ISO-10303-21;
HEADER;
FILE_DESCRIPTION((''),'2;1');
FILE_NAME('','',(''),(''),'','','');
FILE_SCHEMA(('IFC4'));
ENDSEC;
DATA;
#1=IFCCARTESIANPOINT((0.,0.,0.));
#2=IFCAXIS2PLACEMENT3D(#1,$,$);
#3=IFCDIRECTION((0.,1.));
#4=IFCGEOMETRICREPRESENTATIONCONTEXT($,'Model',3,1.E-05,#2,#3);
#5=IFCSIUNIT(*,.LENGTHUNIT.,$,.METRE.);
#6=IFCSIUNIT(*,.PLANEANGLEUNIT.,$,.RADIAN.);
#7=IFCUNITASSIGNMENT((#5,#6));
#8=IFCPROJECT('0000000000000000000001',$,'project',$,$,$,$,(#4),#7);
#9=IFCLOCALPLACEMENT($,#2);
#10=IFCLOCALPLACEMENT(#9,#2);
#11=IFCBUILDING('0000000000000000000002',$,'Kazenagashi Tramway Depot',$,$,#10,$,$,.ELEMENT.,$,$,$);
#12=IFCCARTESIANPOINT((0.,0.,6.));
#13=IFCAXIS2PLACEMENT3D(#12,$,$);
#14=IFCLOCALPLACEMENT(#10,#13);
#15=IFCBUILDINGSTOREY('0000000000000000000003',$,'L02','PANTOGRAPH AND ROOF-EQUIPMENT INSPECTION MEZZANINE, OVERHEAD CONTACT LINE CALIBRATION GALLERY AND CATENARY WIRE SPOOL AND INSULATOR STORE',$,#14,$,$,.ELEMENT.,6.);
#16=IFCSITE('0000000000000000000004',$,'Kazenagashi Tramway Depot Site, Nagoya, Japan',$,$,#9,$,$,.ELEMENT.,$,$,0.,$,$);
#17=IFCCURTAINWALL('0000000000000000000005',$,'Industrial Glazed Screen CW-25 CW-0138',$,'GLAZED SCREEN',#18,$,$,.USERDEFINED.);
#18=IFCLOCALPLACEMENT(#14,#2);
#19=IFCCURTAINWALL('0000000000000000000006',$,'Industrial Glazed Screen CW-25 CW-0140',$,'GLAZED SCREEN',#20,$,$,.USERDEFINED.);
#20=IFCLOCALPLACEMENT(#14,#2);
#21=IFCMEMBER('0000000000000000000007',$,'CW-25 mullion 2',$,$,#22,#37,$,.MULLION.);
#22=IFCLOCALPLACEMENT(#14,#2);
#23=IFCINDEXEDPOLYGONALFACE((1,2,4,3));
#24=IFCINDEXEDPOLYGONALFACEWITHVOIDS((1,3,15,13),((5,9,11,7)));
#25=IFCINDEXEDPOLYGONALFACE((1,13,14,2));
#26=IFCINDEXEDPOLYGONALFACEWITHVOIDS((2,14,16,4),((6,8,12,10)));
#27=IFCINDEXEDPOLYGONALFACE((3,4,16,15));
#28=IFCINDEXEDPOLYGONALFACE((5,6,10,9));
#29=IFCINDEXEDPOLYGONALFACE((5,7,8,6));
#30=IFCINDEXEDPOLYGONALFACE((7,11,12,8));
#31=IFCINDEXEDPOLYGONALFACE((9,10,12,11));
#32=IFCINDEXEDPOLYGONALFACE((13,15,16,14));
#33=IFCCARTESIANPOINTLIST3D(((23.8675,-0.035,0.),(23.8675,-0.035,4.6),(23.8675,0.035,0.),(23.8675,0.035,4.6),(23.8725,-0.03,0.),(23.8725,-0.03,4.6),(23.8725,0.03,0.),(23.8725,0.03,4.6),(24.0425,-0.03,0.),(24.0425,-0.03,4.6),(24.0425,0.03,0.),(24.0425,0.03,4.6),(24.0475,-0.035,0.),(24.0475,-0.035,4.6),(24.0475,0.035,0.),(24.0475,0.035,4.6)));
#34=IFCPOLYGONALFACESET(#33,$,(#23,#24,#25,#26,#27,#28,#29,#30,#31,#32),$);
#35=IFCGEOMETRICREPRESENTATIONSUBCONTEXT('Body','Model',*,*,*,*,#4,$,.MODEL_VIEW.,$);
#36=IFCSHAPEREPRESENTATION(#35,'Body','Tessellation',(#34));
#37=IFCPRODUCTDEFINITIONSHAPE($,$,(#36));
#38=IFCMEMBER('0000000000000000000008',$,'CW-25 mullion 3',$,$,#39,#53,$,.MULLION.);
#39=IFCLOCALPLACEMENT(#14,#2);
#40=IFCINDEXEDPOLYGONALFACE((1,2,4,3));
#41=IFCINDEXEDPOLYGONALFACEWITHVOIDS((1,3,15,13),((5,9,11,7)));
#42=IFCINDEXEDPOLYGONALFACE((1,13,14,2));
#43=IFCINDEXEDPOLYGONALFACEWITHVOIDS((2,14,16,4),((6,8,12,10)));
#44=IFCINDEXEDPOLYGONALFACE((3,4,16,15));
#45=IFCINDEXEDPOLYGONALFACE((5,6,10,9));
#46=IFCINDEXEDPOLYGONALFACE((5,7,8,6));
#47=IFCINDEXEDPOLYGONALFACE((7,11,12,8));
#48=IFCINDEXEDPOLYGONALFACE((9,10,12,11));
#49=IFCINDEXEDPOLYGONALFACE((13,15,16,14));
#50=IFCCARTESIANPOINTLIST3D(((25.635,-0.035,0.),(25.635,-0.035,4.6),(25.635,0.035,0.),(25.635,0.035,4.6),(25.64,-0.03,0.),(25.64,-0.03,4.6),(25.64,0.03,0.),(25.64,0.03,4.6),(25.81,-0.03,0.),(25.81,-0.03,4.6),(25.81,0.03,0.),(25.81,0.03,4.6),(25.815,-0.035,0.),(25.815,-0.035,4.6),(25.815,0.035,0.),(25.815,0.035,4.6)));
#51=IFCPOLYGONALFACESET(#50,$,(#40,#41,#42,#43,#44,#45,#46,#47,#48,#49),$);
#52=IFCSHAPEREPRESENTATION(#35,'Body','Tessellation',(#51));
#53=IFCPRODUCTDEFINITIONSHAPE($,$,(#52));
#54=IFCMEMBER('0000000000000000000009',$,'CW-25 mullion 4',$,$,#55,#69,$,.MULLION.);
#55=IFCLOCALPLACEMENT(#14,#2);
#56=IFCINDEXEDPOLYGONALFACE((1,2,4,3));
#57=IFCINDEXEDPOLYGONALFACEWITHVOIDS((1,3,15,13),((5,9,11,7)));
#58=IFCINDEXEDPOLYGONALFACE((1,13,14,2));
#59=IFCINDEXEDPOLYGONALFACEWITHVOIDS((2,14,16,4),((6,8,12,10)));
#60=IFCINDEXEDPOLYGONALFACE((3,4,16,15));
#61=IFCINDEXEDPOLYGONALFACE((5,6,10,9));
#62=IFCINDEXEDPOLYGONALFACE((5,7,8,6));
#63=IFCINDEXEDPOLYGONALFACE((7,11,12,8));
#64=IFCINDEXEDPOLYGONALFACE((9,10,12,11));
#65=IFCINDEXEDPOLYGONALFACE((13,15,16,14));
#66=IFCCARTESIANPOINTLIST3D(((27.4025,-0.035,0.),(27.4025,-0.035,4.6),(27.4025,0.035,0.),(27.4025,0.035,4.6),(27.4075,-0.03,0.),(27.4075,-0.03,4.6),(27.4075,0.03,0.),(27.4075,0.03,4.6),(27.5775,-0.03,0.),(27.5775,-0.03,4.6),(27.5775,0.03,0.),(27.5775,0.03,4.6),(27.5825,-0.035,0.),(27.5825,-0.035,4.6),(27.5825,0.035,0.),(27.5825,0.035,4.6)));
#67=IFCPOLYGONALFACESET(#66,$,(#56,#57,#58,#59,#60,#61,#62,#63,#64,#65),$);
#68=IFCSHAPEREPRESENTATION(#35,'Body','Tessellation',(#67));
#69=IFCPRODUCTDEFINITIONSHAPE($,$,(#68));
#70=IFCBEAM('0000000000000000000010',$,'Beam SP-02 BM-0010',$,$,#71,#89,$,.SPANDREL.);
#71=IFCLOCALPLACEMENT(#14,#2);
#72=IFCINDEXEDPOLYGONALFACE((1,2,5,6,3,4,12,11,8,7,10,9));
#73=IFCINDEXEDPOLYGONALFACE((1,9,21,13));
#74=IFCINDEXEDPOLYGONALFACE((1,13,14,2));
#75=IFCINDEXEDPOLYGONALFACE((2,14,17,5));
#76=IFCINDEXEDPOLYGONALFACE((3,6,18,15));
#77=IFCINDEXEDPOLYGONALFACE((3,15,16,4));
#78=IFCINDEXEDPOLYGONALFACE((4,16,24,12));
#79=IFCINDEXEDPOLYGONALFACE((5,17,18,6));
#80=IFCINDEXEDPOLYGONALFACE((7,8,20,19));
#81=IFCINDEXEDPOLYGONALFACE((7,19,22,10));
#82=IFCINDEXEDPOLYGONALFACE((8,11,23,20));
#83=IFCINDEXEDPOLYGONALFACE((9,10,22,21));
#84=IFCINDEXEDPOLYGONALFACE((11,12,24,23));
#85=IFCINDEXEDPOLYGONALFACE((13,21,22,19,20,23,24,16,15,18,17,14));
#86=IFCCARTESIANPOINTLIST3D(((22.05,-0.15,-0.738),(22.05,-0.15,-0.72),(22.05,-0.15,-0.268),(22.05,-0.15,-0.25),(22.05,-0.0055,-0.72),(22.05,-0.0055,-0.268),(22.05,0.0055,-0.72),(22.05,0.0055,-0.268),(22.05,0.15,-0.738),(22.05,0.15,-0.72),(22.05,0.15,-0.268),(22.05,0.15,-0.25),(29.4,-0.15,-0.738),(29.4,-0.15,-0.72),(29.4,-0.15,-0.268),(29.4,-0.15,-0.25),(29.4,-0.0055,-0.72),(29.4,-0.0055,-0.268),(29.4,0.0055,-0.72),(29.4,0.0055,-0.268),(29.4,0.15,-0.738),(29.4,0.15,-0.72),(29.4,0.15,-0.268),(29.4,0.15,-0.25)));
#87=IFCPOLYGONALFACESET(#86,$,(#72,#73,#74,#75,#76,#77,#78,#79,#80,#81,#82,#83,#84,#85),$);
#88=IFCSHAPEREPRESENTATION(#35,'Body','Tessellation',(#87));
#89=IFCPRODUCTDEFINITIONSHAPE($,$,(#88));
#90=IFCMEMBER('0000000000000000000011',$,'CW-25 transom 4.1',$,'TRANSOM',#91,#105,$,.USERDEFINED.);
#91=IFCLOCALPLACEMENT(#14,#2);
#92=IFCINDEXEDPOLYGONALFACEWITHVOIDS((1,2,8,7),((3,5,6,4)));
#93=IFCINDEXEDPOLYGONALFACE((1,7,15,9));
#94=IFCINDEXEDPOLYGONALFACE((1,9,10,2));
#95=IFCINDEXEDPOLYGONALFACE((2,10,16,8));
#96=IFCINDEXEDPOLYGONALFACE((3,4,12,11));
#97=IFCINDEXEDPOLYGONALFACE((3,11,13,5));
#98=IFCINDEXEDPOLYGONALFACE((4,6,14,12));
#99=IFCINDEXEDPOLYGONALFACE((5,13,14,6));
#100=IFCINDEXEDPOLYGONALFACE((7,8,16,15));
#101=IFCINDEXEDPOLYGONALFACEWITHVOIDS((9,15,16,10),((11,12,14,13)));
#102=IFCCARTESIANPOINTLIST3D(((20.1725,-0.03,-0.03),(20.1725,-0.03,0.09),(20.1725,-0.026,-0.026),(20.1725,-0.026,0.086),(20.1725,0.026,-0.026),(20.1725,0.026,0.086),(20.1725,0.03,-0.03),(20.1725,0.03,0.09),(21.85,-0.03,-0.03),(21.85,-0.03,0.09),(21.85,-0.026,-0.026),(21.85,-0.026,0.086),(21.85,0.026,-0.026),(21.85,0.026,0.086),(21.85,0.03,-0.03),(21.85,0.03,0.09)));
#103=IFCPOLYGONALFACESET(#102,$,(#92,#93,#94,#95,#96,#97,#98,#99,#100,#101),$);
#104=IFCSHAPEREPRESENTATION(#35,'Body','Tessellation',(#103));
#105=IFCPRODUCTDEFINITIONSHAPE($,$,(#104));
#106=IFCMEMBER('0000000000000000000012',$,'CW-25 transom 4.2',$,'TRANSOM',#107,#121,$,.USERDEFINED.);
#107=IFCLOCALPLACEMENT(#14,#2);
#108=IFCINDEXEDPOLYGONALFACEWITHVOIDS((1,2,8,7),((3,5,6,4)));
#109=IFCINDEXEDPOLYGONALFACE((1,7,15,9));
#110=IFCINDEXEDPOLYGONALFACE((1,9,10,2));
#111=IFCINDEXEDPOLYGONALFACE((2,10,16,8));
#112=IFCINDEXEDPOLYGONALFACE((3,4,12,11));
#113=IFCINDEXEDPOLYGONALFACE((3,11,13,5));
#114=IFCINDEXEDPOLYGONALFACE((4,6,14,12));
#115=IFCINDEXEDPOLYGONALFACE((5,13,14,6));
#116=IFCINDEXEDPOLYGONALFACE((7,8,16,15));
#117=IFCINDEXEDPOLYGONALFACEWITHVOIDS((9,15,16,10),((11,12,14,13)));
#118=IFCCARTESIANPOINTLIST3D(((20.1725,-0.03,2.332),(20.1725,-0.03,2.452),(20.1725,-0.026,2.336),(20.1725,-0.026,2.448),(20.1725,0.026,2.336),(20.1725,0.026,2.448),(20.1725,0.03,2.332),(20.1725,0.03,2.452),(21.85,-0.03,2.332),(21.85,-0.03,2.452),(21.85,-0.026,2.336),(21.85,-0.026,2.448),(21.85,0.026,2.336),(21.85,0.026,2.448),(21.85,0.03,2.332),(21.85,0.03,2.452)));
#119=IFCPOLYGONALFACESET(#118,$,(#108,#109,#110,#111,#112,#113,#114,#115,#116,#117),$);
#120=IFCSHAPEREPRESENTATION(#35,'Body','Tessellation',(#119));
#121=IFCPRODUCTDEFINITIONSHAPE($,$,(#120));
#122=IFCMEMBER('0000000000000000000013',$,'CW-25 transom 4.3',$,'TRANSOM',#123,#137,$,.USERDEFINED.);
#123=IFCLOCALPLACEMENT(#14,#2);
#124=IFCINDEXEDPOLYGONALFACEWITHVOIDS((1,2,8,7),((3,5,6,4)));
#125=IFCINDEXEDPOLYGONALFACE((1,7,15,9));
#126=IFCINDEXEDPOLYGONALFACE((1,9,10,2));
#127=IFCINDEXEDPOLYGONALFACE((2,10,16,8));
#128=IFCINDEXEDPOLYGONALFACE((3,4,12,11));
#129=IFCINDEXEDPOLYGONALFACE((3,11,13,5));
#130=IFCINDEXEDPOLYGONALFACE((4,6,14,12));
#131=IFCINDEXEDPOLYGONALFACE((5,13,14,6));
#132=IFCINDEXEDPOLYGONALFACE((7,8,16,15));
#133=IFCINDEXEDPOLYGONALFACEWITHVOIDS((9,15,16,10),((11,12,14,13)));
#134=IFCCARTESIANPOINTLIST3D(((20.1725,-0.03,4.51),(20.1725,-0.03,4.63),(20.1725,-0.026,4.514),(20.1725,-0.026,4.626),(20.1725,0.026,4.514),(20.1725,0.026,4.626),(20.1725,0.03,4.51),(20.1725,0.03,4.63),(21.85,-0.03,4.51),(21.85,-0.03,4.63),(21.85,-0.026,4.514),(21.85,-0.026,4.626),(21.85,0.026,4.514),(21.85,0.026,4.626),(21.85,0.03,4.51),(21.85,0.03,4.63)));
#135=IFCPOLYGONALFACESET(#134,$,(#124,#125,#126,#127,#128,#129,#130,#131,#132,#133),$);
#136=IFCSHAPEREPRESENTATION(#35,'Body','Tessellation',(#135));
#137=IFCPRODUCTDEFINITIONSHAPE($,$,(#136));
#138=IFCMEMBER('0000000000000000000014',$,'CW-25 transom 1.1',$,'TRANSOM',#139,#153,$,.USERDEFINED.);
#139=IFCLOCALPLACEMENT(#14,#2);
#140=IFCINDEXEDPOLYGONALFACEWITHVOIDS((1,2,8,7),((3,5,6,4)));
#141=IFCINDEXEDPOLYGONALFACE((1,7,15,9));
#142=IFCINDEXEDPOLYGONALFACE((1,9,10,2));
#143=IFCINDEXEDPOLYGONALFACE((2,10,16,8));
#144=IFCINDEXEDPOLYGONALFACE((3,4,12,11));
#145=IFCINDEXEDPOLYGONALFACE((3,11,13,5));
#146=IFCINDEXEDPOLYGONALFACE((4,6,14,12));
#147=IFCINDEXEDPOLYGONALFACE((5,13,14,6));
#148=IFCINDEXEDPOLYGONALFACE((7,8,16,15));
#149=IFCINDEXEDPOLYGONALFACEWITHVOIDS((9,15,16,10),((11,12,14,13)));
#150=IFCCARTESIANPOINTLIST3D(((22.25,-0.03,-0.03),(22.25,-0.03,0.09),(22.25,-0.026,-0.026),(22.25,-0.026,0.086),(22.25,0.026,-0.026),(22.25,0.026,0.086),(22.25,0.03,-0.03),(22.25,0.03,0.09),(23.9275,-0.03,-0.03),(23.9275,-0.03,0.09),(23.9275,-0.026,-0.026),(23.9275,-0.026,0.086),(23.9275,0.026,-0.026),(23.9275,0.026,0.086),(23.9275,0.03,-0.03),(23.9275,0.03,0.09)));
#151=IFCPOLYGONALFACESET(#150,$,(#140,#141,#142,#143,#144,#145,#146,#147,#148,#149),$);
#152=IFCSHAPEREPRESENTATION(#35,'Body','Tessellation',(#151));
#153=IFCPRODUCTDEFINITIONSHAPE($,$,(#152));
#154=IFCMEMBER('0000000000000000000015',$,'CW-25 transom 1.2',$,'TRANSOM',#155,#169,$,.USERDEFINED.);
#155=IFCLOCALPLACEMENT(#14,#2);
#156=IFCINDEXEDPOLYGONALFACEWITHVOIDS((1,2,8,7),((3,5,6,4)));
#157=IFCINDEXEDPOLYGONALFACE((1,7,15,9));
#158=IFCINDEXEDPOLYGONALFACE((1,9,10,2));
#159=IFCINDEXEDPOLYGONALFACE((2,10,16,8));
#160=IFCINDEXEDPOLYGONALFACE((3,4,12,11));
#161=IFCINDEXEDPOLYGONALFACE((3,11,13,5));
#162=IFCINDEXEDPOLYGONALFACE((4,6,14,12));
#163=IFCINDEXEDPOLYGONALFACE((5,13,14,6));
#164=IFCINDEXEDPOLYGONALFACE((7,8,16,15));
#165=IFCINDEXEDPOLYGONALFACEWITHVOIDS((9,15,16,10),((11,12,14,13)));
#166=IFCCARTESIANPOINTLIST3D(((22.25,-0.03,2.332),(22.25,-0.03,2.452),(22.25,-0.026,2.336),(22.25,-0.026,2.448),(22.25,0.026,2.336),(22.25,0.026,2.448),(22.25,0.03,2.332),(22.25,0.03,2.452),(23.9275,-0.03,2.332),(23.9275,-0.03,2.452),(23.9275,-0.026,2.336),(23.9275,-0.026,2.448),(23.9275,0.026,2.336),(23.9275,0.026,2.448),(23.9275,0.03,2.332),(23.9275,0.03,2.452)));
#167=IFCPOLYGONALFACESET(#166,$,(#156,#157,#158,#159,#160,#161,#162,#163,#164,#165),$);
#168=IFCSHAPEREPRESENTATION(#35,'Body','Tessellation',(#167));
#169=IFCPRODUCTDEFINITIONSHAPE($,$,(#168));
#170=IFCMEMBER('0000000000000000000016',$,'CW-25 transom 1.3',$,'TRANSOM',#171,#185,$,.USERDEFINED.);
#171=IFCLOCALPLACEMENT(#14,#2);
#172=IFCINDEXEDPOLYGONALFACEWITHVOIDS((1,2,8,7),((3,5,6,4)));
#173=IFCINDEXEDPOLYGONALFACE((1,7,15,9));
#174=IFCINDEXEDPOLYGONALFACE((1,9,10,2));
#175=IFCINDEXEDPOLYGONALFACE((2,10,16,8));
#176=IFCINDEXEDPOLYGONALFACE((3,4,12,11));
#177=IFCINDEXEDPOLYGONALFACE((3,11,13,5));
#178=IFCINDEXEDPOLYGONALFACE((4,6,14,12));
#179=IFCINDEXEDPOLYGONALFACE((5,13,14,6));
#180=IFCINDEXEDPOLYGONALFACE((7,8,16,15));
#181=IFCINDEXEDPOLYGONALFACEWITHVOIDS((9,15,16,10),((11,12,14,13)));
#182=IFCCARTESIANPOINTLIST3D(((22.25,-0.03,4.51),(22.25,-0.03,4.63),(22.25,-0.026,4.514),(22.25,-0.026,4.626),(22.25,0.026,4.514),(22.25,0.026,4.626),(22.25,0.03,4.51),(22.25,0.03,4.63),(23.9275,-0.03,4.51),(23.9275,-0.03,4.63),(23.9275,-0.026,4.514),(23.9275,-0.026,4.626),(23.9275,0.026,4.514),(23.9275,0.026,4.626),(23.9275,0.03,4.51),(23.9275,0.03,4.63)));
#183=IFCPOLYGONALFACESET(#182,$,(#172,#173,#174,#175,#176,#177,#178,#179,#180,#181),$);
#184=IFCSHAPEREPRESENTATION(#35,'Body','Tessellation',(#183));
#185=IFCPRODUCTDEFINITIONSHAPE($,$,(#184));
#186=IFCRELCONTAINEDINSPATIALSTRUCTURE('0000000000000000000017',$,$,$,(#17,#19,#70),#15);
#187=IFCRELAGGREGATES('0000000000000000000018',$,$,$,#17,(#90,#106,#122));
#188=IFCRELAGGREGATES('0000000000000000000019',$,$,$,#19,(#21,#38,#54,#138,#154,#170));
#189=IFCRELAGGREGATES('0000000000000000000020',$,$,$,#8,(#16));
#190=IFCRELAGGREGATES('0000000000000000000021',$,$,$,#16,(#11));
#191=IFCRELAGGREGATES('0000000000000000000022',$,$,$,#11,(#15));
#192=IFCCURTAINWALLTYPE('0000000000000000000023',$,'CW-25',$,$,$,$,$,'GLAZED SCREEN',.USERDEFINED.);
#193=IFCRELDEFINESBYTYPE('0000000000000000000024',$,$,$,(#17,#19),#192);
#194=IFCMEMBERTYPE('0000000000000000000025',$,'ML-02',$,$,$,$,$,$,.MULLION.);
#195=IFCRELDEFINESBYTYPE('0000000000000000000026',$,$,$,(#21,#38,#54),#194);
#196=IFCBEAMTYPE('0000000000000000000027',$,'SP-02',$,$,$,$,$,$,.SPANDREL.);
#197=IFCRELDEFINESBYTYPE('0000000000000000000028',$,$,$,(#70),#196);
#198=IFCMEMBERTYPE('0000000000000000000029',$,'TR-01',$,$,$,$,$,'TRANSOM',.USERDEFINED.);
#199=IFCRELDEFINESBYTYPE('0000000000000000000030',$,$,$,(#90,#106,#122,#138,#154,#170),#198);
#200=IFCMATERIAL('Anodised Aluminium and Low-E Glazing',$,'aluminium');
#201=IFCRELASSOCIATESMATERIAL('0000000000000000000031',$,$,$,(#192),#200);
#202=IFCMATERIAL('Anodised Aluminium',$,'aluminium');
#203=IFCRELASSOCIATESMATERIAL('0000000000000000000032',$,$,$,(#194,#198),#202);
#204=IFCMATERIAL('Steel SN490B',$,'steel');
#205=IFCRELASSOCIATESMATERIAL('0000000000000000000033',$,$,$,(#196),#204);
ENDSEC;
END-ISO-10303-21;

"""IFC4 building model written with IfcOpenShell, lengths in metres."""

from ifc_helpers import new_model, si_unit, direction, frame, origin, origin_2d, place, context, subcontext, project, spatial, hollow_rectangle, i_section, extrude, material, material_profile, profile_set, type_object, element, aggregate, save


model = new_model("IFC4")

# Units and contexts
model_context = context("Model", 3, precision=1e-05, world=origin(), true_north=direction((0.0, 1.0)))
body_context = subcontext(model_context, "Body", "Model", "MODEL_VIEW")
ifc_project = project(units=[si_unit("LENGTHUNIT", "METRE"), si_unit("PLANEANGLEUNIT", "RADIAN")], contexts=[model_context])

# Site, building, storey
site_placement = place(None, origin())
site = spatial("IfcSite", under=ifc_project, at=site_placement, Name="Kazenagashi Tramway Depot Site, Nagoya, Japan", CompositionType="ELEMENT", RefElevation=0.0)
building_placement = place(site_placement, origin())
building = spatial("IfcBuilding", under=site, at=building_placement, Name="Kazenagashi Tramway Depot", CompositionType="ELEMENT")
storey_placement = place(building_placement, frame((0.0, 0.0, 6.0)))
storey = spatial("IfcBuildingStorey", under=building, at=storey_placement, Name="L02", Description="PANTOGRAPH AND ROOF-EQUIPMENT INSPECTION MEZZANINE, OVERHEAD CONTACT LINE CALIBRATION GALLERY AND CATENARY WIRE SPOOL AND INSULATOR STORE", CompositionType="ELEMENT", Elevation=6.0)

# Shared definitions
ifc_material_1 = material(Name="Steel SN490B", Category="steel")

# Curtain walls, members
ifc_material_2 = material(Name="Anodised Aluminium and Low-E Glazing", Category="aluminium")
curtain_wall_type = type_object("IfcCurtainWallType", Name="CW-25", ElementType="GLAZED SCREEN", PredefinedType="USERDEFINED", material=ifc_material_2)
curtain_wall_1_placement = place(storey_placement, origin())
curtain_wall_1 = element("IfcCurtainWall", 1, at=curtain_wall_1_placement, inside=storey, type_object=curtain_wall_type, Name="Industrial Glazed Screen CW-25 CW-0138", ObjectType="GLAZED SCREEN", PredefinedType="USERDEFINED")
ifc_material_3 = material(Name="Anodised Aluminium", Category="aluminium")
ifc_material_profile_1 = material_profile(ifc_material_3, hollow_rectangle(XDim=0.07, YDim=0.18, WallThickness=0.005, at=origin_2d()), Name="RHS-180x70x5")
ifc_profile_set_1 = profile_set([ifc_material_profile_1], Name="Anodised Aluminium")
member_type_1 = type_object("IfcMemberType", Name="ML-02", PredefinedType="MULLION", material=ifc_profile_set_1)
curtain_wall_2_placement = place(storey_placement, origin())
curtain_wall_2 = element("IfcCurtainWall", 2, at=curtain_wall_2_placement, inside=storey, type_object=curtain_wall_type, Name="Industrial Glazed Screen CW-25 CW-0140", ObjectType="GLAZED SCREEN", PredefinedType="USERDEFINED")
member_1_placement = place(storey_placement, frame((23.9575, 0.0, 0.0), z_axis=(0.0, 0.0, 1.0), x_axis=(0.0, 1.0, 0.0)))
member_1 = element("IfcMember", 3, at=member_1_placement, type_object=member_type_1, Name="CW-25 mullion 2", PredefinedType="MULLION", context=body_context, shape_type="SweptSolid", body=[
    extrude(hollow_rectangle(XDim=0.07, YDim=0.18, WallThickness=0.005, at=origin_2d()), origin(), (0.0, 0.0, 1.0), 4.6),
])
member_2_placement = place(storey_placement, frame((25.725, 0.0, 0.0), z_axis=(0.0, 0.0, 1.0), x_axis=(0.0, 1.0, 0.0)))
member_2 = element("IfcMember", 4, at=member_2_placement, type_object=member_type_1, Name="CW-25 mullion 3", PredefinedType="MULLION", context=body_context, shape_type="SweptSolid", body=[
    extrude(hollow_rectangle(XDim=0.07, YDim=0.18, WallThickness=0.005, at=origin_2d()), origin(), (0.0, 0.0, 1.0), 4.6),
])
member_3_placement = place(storey_placement, frame((27.4925, 0.0, 0.0), z_axis=(0.0, 0.0, 1.0), x_axis=(0.0, 1.0, 0.0)))
member_3 = element("IfcMember", 5, at=member_3_placement, type_object=member_type_1, Name="CW-25 mullion 4", PredefinedType="MULLION", context=body_context, shape_type="SweptSolid", body=[
    extrude(hollow_rectangle(XDim=0.07, YDim=0.18, WallThickness=0.005, at=origin_2d()), origin(), (0.0, 0.0, 1.0), 4.6),
])

# Beam
ifc_material_profile_2 = material_profile(ifc_material_1, i_section(OverallWidth=0.3, OverallDepth=0.488, WebThickness=0.011, FlangeThickness=0.018, at=origin_2d()), Name="H-488x300x11x18")
ifc_profile_set_2 = profile_set([ifc_material_profile_2], Name="Steel SN490B")
beam_type_1 = type_object("IfcBeamType", Name="SP-02", PredefinedType="SPANDREL", material=ifc_profile_set_2)
beam_placement = place(storey_placement, frame((22.05, 0.0, -0.494), z_axis=(1.0, 0.0, 0.0), x_axis=(0.0, 1.0, 0.0)))
element("IfcBeam", 6, at=beam_placement, inside=storey, type_object=beam_type_1, Name="Beam SP-02 BM-0010", PredefinedType="SPANDREL", context=body_context, shape_type="SweptSolid", body=[
    extrude(i_section(OverallWidth=0.3, OverallDepth=0.488, WebThickness=0.011, FlangeThickness=0.018, at=origin_2d()), origin(), (0.0, 0.0, 1.0), 7.35),
])

# Members
ifc_material_profile_3 = material_profile(ifc_material_3, hollow_rectangle(XDim=0.06, YDim=0.12, WallThickness=0.004, at=origin_2d()), Name="RHS-120x60x4")
ifc_profile_set_3 = profile_set([ifc_material_profile_3], Name="Anodised Aluminium")
member_type_2 = type_object("IfcMemberType", Name="TR-01", ElementType="TRANSOM", PredefinedType="USERDEFINED", material=ifc_profile_set_3)
member_4_placement = place(storey_placement, frame((20.1725, 0.0, 0.03), z_axis=(1.0, 0.0, 0.0), x_axis=(0.0, 1.0, 0.0)))
member_4 = element("IfcMember", 7, at=member_4_placement, type_object=member_type_2, Name="CW-25 transom 4.1", ObjectType="TRANSOM", PredefinedType="USERDEFINED", context=body_context, shape_type="SweptSolid", body=[
    extrude(hollow_rectangle(XDim=0.06, YDim=0.12, WallThickness=0.004, at=origin_2d()), origin(), (0.0, 0.0, 1.0), 1.6775),
])
member_5_placement = place(storey_placement, frame((20.1725, 0.0, 2.392), z_axis=(1.0, 0.0, 0.0), x_axis=(0.0, 1.0, 0.0)))
member_5 = element("IfcMember", 8, at=member_5_placement, type_object=member_type_2, Name="CW-25 transom 4.2", ObjectType="TRANSOM", PredefinedType="USERDEFINED", context=body_context, shape_type="SweptSolid", body=[
    extrude(hollow_rectangle(XDim=0.06, YDim=0.12, WallThickness=0.004, at=origin_2d()), origin(), (0.0, 0.0, 1.0), 1.6775),
])
member_6_placement = place(storey_placement, frame((20.1725, 0.0, 4.57), z_axis=(1.0, 0.0, 0.0), x_axis=(0.0, 1.0, 0.0)))
member_6 = element("IfcMember", 9, at=member_6_placement, type_object=member_type_2, Name="CW-25 transom 4.3", ObjectType="TRANSOM", PredefinedType="USERDEFINED", context=body_context, shape_type="SweptSolid", body=[
    extrude(hollow_rectangle(XDim=0.06, YDim=0.12, WallThickness=0.004, at=origin_2d()), origin(), (0.0, 0.0, 1.0), 1.6775),
])
member_7_placement = place(storey_placement, frame((22.25, 0.0, 0.03), z_axis=(1.0, 0.0, 0.0), x_axis=(0.0, 1.0, 0.0)))
member_7 = element("IfcMember", 10, at=member_7_placement, type_object=member_type_2, Name="CW-25 transom 1.1", ObjectType="TRANSOM", PredefinedType="USERDEFINED", context=body_context, shape_type="SweptSolid", body=[
    extrude(hollow_rectangle(XDim=0.06, YDim=0.12, WallThickness=0.004, at=origin_2d()), origin(), (0.0, 0.0, 1.0), 1.6775),
])
member_8_placement = place(storey_placement, frame((22.25, 0.0, 2.392), z_axis=(1.0, 0.0, 0.0), x_axis=(0.0, 1.0, 0.0)))
member_8 = element("IfcMember", 11, at=member_8_placement, type_object=member_type_2, Name="CW-25 transom 1.2", ObjectType="TRANSOM", PredefinedType="USERDEFINED", context=body_context, shape_type="SweptSolid", body=[
    extrude(hollow_rectangle(XDim=0.06, YDim=0.12, WallThickness=0.004, at=origin_2d()), origin(), (0.0, 0.0, 1.0), 1.6775),
])
member_9_placement = place(storey_placement, frame((22.25, 0.0, 4.57), z_axis=(1.0, 0.0, 0.0), x_axis=(0.0, 1.0, 0.0)))
member_9 = element("IfcMember", 12, at=member_9_placement, type_object=member_type_2, Name="CW-25 transom 1.3", ObjectType="TRANSOM", PredefinedType="USERDEFINED", context=body_context, shape_type="SweptSolid", body=[
    extrude(hollow_rectangle(XDim=0.06, YDim=0.12, WallThickness=0.004, at=origin_2d()), origin(), (0.0, 0.0, 1.0), 1.6775),
])

aggregate(curtain_wall_1, [member_4, member_5, member_6])
aggregate(curtain_wall_2, [member_1, member_2, member_3, member_7, member_8, member_9])

save(model, "model.ifc")
